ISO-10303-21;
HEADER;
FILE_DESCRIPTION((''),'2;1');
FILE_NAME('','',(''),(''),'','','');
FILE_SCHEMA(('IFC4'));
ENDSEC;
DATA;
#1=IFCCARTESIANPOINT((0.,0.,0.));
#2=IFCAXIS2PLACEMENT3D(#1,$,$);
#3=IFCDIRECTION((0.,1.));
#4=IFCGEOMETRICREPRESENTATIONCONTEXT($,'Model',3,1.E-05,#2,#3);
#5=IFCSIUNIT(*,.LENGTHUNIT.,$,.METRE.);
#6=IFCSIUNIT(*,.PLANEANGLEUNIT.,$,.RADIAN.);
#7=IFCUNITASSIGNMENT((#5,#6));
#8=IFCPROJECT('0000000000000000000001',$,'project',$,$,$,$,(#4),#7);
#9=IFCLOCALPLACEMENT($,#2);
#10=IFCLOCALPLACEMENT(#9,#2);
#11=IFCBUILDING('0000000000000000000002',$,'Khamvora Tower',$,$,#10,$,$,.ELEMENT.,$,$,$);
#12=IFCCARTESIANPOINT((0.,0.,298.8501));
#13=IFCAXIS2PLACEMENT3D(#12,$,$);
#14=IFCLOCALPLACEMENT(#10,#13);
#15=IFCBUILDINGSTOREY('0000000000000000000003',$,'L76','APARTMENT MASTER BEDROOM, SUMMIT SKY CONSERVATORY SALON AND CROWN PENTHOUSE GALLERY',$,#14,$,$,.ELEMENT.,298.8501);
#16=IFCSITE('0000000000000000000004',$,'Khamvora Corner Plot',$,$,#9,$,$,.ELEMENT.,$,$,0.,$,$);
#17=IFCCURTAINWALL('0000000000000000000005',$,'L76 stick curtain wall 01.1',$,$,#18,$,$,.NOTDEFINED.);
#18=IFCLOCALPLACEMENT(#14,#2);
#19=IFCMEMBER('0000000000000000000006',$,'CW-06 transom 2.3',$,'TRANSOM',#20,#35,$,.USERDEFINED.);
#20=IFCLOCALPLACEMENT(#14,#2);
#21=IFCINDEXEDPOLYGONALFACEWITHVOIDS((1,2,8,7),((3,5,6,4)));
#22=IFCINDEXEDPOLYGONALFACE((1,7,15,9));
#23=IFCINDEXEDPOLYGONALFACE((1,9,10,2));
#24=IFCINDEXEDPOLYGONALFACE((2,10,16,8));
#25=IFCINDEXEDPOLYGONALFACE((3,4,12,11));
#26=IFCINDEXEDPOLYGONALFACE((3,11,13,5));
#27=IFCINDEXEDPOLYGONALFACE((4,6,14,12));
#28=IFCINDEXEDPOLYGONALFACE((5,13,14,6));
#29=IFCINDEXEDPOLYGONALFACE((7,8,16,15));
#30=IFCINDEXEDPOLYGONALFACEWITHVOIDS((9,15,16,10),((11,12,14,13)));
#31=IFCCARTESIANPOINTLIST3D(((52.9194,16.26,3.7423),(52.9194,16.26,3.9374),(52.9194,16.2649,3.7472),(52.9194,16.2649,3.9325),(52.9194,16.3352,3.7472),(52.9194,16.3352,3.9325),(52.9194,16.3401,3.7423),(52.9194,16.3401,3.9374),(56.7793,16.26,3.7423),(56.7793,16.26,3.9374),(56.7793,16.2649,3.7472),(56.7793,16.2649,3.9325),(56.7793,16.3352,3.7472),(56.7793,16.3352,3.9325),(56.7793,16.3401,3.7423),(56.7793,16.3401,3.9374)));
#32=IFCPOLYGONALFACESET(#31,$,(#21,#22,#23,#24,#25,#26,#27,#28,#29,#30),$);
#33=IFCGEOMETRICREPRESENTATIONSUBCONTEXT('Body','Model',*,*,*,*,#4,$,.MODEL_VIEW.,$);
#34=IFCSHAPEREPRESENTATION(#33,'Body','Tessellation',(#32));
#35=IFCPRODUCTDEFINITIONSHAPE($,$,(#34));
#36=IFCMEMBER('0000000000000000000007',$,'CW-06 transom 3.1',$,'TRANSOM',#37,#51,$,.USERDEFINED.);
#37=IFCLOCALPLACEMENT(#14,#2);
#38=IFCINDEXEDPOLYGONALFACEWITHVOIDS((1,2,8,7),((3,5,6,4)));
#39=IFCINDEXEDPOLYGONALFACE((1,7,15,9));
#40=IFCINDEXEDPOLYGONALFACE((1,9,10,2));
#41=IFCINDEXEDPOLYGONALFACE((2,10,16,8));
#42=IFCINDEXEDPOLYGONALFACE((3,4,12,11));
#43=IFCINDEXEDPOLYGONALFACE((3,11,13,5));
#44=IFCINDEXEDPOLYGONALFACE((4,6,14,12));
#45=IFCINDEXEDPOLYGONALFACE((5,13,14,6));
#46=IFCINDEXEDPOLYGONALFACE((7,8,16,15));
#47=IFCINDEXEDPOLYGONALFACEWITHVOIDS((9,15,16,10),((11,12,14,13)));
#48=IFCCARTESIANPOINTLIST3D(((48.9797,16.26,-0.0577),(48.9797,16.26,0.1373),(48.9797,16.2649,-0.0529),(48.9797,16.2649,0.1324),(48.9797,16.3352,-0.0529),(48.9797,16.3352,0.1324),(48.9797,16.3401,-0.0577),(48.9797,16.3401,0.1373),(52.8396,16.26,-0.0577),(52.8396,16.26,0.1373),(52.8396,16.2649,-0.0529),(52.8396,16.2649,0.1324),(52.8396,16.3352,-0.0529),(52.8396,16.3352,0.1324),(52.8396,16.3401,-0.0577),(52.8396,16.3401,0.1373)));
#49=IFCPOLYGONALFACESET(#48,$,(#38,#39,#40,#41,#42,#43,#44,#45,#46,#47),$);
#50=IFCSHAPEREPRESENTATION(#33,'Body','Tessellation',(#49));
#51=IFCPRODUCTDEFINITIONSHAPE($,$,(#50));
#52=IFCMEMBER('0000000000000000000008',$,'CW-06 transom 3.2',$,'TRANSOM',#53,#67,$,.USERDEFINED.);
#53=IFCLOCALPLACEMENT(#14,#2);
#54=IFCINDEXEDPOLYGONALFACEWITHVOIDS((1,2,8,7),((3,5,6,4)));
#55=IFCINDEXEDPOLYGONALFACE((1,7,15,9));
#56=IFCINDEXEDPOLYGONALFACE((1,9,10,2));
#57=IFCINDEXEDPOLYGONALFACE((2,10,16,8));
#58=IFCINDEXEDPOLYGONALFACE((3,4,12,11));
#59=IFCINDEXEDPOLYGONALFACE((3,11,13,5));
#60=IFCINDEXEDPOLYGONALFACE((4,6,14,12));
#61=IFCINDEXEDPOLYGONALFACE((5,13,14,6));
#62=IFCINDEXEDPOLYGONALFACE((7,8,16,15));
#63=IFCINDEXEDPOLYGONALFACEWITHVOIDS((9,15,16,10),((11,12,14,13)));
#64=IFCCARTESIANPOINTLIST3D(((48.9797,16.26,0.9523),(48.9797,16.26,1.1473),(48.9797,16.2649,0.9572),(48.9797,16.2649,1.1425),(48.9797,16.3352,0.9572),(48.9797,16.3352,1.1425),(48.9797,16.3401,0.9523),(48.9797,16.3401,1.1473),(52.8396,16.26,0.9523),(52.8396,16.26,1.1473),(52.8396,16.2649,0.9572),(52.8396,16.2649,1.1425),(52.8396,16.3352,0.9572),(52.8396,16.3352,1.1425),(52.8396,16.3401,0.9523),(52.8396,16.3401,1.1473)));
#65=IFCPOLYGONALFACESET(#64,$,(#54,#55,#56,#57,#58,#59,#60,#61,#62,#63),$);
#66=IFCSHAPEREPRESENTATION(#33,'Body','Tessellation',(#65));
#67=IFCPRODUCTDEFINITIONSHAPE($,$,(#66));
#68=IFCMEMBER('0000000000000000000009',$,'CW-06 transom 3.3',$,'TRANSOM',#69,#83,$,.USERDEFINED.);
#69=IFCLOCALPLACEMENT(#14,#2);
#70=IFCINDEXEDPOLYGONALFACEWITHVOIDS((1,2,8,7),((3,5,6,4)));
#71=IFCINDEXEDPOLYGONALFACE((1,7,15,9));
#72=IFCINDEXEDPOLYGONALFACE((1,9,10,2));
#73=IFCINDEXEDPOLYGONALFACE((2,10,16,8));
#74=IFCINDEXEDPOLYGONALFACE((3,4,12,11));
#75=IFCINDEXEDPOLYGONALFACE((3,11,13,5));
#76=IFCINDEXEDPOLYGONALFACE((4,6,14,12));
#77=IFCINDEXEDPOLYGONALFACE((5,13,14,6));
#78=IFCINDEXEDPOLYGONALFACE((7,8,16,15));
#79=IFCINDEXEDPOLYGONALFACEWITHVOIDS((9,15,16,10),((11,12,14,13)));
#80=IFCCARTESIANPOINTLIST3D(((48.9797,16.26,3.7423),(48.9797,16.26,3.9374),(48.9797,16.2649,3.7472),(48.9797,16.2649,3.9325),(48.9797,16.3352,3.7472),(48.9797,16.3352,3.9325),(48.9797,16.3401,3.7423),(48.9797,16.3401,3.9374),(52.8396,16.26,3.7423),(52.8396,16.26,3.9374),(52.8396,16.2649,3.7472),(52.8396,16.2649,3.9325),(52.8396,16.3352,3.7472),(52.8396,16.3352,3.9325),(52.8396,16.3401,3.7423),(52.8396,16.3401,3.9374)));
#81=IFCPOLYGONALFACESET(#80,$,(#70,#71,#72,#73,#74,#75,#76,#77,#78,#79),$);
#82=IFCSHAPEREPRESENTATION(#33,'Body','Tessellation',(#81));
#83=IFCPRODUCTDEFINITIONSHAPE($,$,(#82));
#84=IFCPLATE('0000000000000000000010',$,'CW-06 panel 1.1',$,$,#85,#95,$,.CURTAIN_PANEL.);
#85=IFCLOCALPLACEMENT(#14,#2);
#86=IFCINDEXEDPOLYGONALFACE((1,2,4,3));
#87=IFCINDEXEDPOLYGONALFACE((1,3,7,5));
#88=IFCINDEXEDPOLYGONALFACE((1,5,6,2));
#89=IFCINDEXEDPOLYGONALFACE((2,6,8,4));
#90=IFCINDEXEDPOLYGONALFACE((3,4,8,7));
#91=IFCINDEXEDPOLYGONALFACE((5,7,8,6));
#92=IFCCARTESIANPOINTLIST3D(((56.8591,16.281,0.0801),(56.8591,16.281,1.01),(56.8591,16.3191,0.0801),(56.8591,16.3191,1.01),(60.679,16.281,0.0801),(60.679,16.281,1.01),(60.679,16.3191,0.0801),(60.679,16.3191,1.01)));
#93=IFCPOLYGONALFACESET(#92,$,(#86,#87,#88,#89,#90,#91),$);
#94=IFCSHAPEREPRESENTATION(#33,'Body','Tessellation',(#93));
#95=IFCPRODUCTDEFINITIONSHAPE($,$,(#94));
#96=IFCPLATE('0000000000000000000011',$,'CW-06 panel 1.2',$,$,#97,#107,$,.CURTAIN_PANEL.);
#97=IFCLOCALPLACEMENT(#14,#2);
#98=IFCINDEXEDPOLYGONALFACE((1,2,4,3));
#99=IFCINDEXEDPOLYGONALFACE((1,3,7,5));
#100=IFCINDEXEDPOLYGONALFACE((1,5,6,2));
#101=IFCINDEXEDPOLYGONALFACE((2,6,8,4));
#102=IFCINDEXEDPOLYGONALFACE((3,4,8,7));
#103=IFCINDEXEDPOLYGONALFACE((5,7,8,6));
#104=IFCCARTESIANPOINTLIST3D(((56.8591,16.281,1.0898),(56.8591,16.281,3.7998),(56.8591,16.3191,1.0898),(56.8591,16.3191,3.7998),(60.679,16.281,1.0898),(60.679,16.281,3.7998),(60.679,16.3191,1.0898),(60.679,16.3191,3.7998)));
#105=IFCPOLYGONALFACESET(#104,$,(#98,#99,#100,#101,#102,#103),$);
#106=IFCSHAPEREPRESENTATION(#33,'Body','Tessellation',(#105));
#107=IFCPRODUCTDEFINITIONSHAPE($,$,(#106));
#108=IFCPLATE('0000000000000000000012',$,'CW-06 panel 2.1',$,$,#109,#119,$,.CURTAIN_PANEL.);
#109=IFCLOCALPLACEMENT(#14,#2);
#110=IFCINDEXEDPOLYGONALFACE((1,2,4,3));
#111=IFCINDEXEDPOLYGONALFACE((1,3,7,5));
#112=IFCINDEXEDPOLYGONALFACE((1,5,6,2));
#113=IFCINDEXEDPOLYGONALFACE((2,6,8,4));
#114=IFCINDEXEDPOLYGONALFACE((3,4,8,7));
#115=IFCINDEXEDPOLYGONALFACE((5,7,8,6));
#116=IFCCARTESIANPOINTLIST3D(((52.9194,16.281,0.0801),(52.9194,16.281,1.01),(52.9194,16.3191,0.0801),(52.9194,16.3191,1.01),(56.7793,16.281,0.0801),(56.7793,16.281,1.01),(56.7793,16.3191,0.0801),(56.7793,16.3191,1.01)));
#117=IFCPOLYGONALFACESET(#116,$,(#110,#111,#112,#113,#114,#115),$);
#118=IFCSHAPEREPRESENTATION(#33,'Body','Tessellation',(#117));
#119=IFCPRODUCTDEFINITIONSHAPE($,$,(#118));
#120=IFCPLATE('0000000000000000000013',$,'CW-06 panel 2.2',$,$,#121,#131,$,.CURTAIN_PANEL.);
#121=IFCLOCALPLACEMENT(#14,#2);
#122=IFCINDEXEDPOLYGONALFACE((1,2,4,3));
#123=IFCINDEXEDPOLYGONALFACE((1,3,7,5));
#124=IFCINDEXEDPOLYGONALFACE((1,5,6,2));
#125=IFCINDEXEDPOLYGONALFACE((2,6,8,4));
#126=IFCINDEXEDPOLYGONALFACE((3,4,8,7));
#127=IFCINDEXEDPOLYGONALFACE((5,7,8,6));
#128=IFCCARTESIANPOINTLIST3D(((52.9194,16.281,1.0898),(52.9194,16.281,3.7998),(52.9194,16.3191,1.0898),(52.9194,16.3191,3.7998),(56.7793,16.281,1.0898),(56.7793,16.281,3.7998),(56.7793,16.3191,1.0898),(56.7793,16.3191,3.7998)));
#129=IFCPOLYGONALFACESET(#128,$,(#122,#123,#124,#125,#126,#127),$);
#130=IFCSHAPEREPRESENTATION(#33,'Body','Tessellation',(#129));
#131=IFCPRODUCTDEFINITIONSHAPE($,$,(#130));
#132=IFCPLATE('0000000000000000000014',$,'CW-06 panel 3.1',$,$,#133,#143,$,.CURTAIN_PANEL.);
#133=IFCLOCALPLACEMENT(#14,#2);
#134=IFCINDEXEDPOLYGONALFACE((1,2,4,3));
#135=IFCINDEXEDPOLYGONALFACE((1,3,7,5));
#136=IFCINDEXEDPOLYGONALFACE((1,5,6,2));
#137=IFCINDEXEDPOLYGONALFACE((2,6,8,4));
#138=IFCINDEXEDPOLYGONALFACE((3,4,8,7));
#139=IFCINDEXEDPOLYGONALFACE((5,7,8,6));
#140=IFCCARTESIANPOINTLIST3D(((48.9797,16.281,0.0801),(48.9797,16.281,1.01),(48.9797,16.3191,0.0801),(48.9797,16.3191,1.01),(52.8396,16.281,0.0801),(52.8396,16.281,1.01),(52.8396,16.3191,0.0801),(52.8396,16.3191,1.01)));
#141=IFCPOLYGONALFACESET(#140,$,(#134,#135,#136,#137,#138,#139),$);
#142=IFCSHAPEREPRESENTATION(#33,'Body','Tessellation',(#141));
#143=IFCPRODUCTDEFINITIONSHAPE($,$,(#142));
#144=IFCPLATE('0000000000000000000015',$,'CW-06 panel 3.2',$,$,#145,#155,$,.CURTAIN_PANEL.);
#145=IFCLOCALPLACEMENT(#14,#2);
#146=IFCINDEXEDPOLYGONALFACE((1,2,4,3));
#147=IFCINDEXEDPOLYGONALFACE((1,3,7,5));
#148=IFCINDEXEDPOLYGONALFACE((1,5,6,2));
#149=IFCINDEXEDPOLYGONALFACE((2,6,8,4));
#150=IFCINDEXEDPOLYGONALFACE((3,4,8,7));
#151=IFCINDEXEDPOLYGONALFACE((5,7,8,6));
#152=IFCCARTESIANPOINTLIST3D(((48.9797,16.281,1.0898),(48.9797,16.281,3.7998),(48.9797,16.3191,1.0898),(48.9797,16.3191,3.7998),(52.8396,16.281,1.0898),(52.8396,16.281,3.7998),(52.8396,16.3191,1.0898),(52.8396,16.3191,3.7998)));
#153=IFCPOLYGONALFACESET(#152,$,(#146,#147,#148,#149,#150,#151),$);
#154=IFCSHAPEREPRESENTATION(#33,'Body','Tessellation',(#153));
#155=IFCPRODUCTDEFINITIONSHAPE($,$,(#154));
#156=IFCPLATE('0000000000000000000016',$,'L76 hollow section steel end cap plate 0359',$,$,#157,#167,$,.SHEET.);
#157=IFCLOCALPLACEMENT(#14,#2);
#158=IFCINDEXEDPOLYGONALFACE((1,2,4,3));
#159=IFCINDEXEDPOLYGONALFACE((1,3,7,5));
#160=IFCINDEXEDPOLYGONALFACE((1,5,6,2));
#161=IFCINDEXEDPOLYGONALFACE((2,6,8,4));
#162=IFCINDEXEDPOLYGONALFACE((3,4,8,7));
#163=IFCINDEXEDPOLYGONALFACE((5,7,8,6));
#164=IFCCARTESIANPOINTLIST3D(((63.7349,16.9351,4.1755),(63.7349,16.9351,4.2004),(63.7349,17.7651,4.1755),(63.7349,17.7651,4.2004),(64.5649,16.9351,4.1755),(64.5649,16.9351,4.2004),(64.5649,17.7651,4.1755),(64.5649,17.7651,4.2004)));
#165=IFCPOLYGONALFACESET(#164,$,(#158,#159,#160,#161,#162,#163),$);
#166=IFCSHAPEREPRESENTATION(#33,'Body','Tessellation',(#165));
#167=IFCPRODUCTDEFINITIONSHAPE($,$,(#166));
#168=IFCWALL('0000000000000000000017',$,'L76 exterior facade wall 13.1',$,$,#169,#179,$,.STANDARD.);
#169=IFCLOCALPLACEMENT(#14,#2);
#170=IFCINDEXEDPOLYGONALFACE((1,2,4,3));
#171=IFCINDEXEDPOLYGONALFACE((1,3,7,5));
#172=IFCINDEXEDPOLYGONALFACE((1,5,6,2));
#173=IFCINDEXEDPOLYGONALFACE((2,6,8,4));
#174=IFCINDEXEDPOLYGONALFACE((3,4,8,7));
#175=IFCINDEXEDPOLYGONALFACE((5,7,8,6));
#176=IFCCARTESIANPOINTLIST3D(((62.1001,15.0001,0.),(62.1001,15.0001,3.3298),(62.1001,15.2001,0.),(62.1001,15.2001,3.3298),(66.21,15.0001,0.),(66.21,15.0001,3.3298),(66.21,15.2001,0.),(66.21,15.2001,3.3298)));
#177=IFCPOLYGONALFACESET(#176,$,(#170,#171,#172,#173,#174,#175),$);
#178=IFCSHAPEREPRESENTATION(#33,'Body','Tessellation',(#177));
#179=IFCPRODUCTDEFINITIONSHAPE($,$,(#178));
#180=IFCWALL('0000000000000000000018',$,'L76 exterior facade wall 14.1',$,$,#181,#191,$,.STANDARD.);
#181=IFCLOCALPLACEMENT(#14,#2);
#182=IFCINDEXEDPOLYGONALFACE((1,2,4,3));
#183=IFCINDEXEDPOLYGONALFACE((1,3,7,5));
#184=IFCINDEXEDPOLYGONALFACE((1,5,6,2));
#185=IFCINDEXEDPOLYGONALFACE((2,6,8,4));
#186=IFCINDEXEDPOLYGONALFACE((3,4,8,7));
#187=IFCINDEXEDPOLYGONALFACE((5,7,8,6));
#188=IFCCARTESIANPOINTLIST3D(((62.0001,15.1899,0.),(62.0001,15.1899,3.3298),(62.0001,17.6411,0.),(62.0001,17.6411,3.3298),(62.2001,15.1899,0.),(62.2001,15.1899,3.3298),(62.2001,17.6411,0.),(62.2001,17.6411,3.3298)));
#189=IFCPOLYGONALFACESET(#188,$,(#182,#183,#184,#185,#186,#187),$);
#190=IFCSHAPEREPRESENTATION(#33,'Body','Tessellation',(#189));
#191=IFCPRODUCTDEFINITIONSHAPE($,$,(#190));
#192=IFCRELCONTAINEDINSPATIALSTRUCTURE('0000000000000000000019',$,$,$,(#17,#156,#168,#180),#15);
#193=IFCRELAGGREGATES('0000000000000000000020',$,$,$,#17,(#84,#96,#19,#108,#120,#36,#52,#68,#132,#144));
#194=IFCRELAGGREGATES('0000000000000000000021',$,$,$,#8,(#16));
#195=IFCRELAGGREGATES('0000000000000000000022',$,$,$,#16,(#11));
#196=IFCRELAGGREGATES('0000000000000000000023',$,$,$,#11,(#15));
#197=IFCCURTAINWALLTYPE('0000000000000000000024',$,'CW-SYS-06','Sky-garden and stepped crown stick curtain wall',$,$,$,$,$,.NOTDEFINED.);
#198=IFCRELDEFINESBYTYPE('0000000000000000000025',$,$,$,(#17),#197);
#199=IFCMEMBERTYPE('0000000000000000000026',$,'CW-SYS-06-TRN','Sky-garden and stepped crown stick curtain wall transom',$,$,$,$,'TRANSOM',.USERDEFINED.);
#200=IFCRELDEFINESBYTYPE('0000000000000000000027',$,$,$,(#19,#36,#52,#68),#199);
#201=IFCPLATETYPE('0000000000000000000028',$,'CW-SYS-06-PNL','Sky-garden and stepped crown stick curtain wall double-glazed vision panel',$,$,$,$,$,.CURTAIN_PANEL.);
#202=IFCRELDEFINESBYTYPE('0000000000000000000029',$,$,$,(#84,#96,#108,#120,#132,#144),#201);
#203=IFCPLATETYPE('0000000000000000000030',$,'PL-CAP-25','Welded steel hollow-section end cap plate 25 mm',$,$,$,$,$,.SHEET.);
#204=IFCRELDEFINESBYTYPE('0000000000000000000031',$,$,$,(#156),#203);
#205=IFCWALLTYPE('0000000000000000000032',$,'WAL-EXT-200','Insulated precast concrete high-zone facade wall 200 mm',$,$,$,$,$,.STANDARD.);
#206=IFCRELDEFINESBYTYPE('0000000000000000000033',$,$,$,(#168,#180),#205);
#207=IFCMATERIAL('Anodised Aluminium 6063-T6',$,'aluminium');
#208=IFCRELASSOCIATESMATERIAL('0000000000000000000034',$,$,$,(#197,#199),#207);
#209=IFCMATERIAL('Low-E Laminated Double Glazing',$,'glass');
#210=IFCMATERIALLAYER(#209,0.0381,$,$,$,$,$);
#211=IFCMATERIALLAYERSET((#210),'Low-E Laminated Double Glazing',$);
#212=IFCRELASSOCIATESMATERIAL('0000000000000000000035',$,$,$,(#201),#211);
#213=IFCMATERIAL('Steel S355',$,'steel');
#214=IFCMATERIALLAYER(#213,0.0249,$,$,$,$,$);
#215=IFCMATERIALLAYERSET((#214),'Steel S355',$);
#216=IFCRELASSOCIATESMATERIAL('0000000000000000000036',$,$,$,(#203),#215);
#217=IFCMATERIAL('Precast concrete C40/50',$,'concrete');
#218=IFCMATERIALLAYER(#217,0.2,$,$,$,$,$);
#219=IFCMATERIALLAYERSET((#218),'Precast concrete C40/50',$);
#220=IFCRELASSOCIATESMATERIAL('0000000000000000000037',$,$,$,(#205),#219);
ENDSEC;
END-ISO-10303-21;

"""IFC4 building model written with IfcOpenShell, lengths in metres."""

from ifc_helpers import new_model, si_unit, direction, frame, frame_2d, origin, origin_2d, place, context, subcontext, project, spatial, rectangle, hollow_rectangle, extrude, material, layer, layer_set, material_profile, profile_set, type_object, element, aggregate, save


model = new_model("IFC4")

# Units and contexts
model_context = context("Model", 3, precision=1e-05, world=origin(), true_north=direction((0.0, 1.0)))
body_context = subcontext(model_context, "Body", "Model", "MODEL_VIEW")
ifc_project = project(units=[si_unit("LENGTHUNIT", "METRE"), si_unit("PLANEANGLEUNIT", "RADIAN")], contexts=[model_context])

# Site, building, storey
site_placement = place(None, origin())
site = spatial("IfcSite", under=ifc_project, at=site_placement, Name="Khamvora Corner Plot", CompositionType="ELEMENT", RefElevation=0.0)
building_placement = place(site_placement, origin())
building = spatial("IfcBuilding", under=site, at=building_placement, Name="Khamvora Tower", CompositionType="ELEMENT")
storey_placement = place(building_placement, frame((0.0, 0.0, 298.8501)))
storey = spatial("IfcBuildingStorey", under=building, at=storey_placement, Name="L76", Description="APARTMENT MASTER BEDROOM, SUMMIT SKY CONSERVATORY SALON AND CROWN PENTHOUSE GALLERY", CompositionType="ELEMENT", Elevation=298.8501)

# Shared definitions
ifc_material_1 = material(Name="Steel S355", Category="steel")

# Curtain wall, members, plates
ifc_material_2 = material(Name="Anodised Aluminium 6063-T6", Category="aluminium")
curtain_wall_type = type_object("IfcCurtainWallType", Name="CW-SYS-06", Description="Sky-garden and stepped crown stick curtain wall", PredefinedType="NOTDEFINED", material=ifc_material_2)
curtain_wall_placement = place(storey_placement, origin())
curtain_wall = element("IfcCurtainWall", 1, at=curtain_wall_placement, inside=storey, type_object=curtain_wall_type, Name="L76 stick curtain wall 01.1", PredefinedType="NOTDEFINED")
ifc_material_profile_1 = material_profile(ifc_material_2, hollow_rectangle(XDim=0.0801, YDim=0.1951, WallThickness=0.0049, at=origin_2d()), Name="TRN80x195x5")
ifc_profile_set_1 = profile_set([ifc_material_profile_1], Name="Anodised Aluminium 6063-T6")
member_type_1 = type_object("IfcMemberType", Name="CW-SYS-06-TRN", Description="Sky-garden and stepped crown stick curtain wall transom", ElementType="TRANSOM", PredefinedType="USERDEFINED", material=ifc_profile_set_1)
member_1_placement = place(storey_placement, frame((56.7793, 16.3, 3.8398), z_axis=(-1.0, 0.0, 0.0), x_axis=(0.0, -1.0, 0.0)))
member_1 = element("IfcMember", 2, at=member_1_placement, type_object=member_type_1, Name="CW-06 transom 2.3", ObjectType="TRANSOM", PredefinedType="USERDEFINED", context=body_context, shape_type="SweptSolid", body=[
    extrude(hollow_rectangle(XDim=0.0801, YDim=0.1951, WallThickness=0.0049, at=origin_2d()), origin(), (0.0, 0.0, 1.0), 3.8599),
])
member_2_placement = place(storey_placement, frame((52.8396, 16.3, 0.0398), z_axis=(-1.0, 0.0, 0.0), x_axis=(0.0, -1.0, 0.0)))
member_2 = element("IfcMember", 3, at=member_2_placement, type_object=member_type_1, Name="CW-06 transom 3.1", ObjectType="TRANSOM", PredefinedType="USERDEFINED", context=body_context, shape_type="SweptSolid", body=[
    extrude(hollow_rectangle(XDim=0.0801, YDim=0.1951, WallThickness=0.0049, at=origin_2d()), origin(), (0.0, 0.0, 1.0), 3.8599),
])
member_3_placement = place(storey_placement, frame((52.8396, 16.3, 1.0498), z_axis=(-1.0, 0.0, 0.0), x_axis=(0.0, -1.0, 0.0)))
member_3 = element("IfcMember", 4, at=member_3_placement, type_object=member_type_1, Name="CW-06 transom 3.2", ObjectType="TRANSOM", PredefinedType="USERDEFINED", context=body_context, shape_type="SweptSolid", body=[
    extrude(hollow_rectangle(XDim=0.0801, YDim=0.1951, WallThickness=0.0049, at=origin_2d()), origin(), (0.0, 0.0, 1.0), 3.8599),
])
member_4_placement = place(storey_placement, frame((52.8396, 16.3, 3.8398), z_axis=(-1.0, 0.0, 0.0), x_axis=(0.0, -1.0, 0.0)))
member_4 = element("IfcMember", 5, at=member_4_placement, type_object=member_type_1, Name="CW-06 transom 3.3", ObjectType="TRANSOM", PredefinedType="USERDEFINED", context=body_context, shape_type="SweptSolid", body=[
    extrude(hollow_rectangle(XDim=0.0801, YDim=0.1951, WallThickness=0.0049, at=origin_2d()), origin(), (0.0, 0.0, 1.0), 3.8599),
])
ifc_material_3 = material(Name="Low-E Laminated Double Glazing", Category="glass")
ifc_layer_1 = layer(ifc_material_3, 0.0381)
ifc_layer_set_1 = layer_set([ifc_layer_1], Name="Low-E Laminated Double Glazing")
plate_type_1 = type_object("IfcPlateType", Name="CW-SYS-06-PNL", Description="Sky-garden and stepped crown stick curtain wall double-glazed vision panel", PredefinedType="CURTAIN_PANEL", material=ifc_layer_set_1)
plate_1_placement = place(storey_placement, frame((58.769, 16.3, 0.0801), z_axis=(0.0, 0.0, 1.0), x_axis=(-1.0, 0.0, 0.0)))
plate_1 = element("IfcPlate", 6, at=plate_1_placement, type_object=plate_type_1, Name="CW-06 panel 1.1", PredefinedType="CURTAIN_PANEL", context=body_context, shape_type="SweptSolid", body=[
    extrude(rectangle(XDim=3.8198, YDim=0.0381, at=origin_2d()), origin(), (0.0, 0.0, 1.0), 0.9299),
])
plate_2_placement = place(storey_placement, frame((58.769, 16.3, 1.0898), z_axis=(0.0, 0.0, 1.0), x_axis=(-1.0, 0.0, 0.0)))
plate_2 = element("IfcPlate", 7, at=plate_2_placement, type_object=plate_type_1, Name="CW-06 panel 1.2", PredefinedType="CURTAIN_PANEL", context=body_context, shape_type="SweptSolid", body=[
    extrude(rectangle(XDim=3.8198, YDim=0.0381, at=origin_2d()), origin(), (0.0, 0.0, 1.0), 2.71),
])
plate_3_placement = place(storey_placement, frame((54.8494, 16.3, 0.0801), z_axis=(0.0, 0.0, 1.0), x_axis=(-1.0, 0.0, 0.0)))
plate_3 = element("IfcPlate", 8, at=plate_3_placement, type_object=plate_type_1, Name="CW-06 panel 2.1", PredefinedType="CURTAIN_PANEL", context=body_context, shape_type="SweptSolid", body=[
    extrude(rectangle(XDim=3.8599, YDim=0.0381, at=origin_2d()), origin(), (0.0, 0.0, 1.0), 0.9299),
])
plate_4_placement = place(storey_placement, frame((54.8494, 16.3, 1.0898), z_axis=(0.0, 0.0, 1.0), x_axis=(-1.0, 0.0, 0.0)))
plate_4 = element("IfcPlate", 9, at=plate_4_placement, type_object=plate_type_1, Name="CW-06 panel 2.2", PredefinedType="CURTAIN_PANEL", context=body_context, shape_type="SweptSolid", body=[
    extrude(rectangle(XDim=3.8599, YDim=0.0381, at=origin_2d()), origin(), (0.0, 0.0, 1.0), 2.71),
])
plate_5_placement = place(storey_placement, frame((50.9097, 16.3, 0.0801), z_axis=(0.0, 0.0, 1.0), x_axis=(-1.0, 0.0, 0.0)))
plate_5 = element("IfcPlate", 10, at=plate_5_placement, type_object=plate_type_1, Name="CW-06 panel 3.1", PredefinedType="CURTAIN_PANEL", context=body_context, shape_type="SweptSolid", body=[
    extrude(rectangle(XDim=3.8599, YDim=0.0381, at=origin_2d()), origin(), (0.0, 0.0, 1.0), 0.9299),
])
plate_6_placement = place(storey_placement, frame((50.9097, 16.3, 1.0898), z_axis=(0.0, 0.0, 1.0), x_axis=(-1.0, 0.0, 0.0)))
plate_6 = element("IfcPlate", 11, at=plate_6_placement, type_object=plate_type_1, Name="CW-06 panel 3.2", PredefinedType="CURTAIN_PANEL", context=body_context, shape_type="SweptSolid", body=[
    extrude(rectangle(XDim=3.8599, YDim=0.0381, at=origin_2d()), origin(), (0.0, 0.0, 1.0), 2.71),
])
aggregate(curtain_wall, [plate_1, plate_2, member_1, plate_3, plate_4, member_2, member_3, member_4, plate_5, plate_6])

# Plate
ifc_layer_2 = layer(ifc_material_1, 0.0249)
ifc_layer_set_2 = layer_set([ifc_layer_2], Name="Steel S355")
plate_type_2 = type_object("IfcPlateType", Name="PL-CAP-25", Description="Welded steel hollow-section end cap plate 25 mm", PredefinedType="SHEET", material=ifc_layer_set_2)
plate_7_placement = place(storey_placement, frame((64.1499, 17.3501, 4.1755), z_axis=(0.0, 0.0, 1.0), x_axis=(1.0, 0.0, 0.0)))
element("IfcPlate", 12, at=plate_7_placement, inside=storey, type_object=plate_type_2, Name="L76 hollow section steel end cap plate 0359", PredefinedType="SHEET", context=body_context, shape_type="SweptSolid", body=[
    extrude(rectangle(XDim=0.8301, YDim=0.8301, at=origin_2d()), origin(), (0.0, 0.0, 1.0), 0.0249),
])

# Walls
ifc_material_4 = material(Name="Precast concrete C40/50", Category="concrete")
ifc_layer_3 = layer(ifc_material_4, 0.2)
ifc_layer_set_3 = layer_set([ifc_layer_3], Name="Precast concrete C40/50")
wall_type_1 = type_object("IfcWallType", Name="WAL-EXT-200", Description="Insulated precast concrete high-zone facade wall 200 mm", PredefinedType="STANDARD", material=ifc_layer_set_3)
wall_1_placement = place(storey_placement, frame((66.21, 15.1001, 0.0), z_axis=(0.0, 0.0, 1.0), x_axis=(-1.0, 0.0, 0.0)))
element("IfcWall", 13, at=wall_1_placement, inside=storey, type_object=wall_type_1, Name="L76 exterior facade wall 13.1", PredefinedType="STANDARD", context=body_context, shape_type="SweptSolid", body=[
    extrude(rectangle(XDim=4.1099, YDim=0.2, at=frame_2d((2.0549, 0.0))), origin(), (0.0, 0.0, 1.0), 3.3298),
])
wall_2_placement = place(storey_placement, frame((62.1001, 15.1899, 0.0), z_axis=(0.0, 0.0, 1.0), x_axis=(0.0, 1.0, 0.0)))
element("IfcWall", 14, at=wall_2_placement, inside=storey, type_object=wall_type_1, Name="L76 exterior facade wall 14.1", PredefinedType="STANDARD", context=body_context, shape_type="SweptSolid", body=[
    extrude(rectangle(XDim=2.4512, YDim=0.2, at=frame_2d((1.2256, 0.0))), origin(), (0.0, 0.0, 1.0), 3.3298),
])

save(model, "model.ifc")
